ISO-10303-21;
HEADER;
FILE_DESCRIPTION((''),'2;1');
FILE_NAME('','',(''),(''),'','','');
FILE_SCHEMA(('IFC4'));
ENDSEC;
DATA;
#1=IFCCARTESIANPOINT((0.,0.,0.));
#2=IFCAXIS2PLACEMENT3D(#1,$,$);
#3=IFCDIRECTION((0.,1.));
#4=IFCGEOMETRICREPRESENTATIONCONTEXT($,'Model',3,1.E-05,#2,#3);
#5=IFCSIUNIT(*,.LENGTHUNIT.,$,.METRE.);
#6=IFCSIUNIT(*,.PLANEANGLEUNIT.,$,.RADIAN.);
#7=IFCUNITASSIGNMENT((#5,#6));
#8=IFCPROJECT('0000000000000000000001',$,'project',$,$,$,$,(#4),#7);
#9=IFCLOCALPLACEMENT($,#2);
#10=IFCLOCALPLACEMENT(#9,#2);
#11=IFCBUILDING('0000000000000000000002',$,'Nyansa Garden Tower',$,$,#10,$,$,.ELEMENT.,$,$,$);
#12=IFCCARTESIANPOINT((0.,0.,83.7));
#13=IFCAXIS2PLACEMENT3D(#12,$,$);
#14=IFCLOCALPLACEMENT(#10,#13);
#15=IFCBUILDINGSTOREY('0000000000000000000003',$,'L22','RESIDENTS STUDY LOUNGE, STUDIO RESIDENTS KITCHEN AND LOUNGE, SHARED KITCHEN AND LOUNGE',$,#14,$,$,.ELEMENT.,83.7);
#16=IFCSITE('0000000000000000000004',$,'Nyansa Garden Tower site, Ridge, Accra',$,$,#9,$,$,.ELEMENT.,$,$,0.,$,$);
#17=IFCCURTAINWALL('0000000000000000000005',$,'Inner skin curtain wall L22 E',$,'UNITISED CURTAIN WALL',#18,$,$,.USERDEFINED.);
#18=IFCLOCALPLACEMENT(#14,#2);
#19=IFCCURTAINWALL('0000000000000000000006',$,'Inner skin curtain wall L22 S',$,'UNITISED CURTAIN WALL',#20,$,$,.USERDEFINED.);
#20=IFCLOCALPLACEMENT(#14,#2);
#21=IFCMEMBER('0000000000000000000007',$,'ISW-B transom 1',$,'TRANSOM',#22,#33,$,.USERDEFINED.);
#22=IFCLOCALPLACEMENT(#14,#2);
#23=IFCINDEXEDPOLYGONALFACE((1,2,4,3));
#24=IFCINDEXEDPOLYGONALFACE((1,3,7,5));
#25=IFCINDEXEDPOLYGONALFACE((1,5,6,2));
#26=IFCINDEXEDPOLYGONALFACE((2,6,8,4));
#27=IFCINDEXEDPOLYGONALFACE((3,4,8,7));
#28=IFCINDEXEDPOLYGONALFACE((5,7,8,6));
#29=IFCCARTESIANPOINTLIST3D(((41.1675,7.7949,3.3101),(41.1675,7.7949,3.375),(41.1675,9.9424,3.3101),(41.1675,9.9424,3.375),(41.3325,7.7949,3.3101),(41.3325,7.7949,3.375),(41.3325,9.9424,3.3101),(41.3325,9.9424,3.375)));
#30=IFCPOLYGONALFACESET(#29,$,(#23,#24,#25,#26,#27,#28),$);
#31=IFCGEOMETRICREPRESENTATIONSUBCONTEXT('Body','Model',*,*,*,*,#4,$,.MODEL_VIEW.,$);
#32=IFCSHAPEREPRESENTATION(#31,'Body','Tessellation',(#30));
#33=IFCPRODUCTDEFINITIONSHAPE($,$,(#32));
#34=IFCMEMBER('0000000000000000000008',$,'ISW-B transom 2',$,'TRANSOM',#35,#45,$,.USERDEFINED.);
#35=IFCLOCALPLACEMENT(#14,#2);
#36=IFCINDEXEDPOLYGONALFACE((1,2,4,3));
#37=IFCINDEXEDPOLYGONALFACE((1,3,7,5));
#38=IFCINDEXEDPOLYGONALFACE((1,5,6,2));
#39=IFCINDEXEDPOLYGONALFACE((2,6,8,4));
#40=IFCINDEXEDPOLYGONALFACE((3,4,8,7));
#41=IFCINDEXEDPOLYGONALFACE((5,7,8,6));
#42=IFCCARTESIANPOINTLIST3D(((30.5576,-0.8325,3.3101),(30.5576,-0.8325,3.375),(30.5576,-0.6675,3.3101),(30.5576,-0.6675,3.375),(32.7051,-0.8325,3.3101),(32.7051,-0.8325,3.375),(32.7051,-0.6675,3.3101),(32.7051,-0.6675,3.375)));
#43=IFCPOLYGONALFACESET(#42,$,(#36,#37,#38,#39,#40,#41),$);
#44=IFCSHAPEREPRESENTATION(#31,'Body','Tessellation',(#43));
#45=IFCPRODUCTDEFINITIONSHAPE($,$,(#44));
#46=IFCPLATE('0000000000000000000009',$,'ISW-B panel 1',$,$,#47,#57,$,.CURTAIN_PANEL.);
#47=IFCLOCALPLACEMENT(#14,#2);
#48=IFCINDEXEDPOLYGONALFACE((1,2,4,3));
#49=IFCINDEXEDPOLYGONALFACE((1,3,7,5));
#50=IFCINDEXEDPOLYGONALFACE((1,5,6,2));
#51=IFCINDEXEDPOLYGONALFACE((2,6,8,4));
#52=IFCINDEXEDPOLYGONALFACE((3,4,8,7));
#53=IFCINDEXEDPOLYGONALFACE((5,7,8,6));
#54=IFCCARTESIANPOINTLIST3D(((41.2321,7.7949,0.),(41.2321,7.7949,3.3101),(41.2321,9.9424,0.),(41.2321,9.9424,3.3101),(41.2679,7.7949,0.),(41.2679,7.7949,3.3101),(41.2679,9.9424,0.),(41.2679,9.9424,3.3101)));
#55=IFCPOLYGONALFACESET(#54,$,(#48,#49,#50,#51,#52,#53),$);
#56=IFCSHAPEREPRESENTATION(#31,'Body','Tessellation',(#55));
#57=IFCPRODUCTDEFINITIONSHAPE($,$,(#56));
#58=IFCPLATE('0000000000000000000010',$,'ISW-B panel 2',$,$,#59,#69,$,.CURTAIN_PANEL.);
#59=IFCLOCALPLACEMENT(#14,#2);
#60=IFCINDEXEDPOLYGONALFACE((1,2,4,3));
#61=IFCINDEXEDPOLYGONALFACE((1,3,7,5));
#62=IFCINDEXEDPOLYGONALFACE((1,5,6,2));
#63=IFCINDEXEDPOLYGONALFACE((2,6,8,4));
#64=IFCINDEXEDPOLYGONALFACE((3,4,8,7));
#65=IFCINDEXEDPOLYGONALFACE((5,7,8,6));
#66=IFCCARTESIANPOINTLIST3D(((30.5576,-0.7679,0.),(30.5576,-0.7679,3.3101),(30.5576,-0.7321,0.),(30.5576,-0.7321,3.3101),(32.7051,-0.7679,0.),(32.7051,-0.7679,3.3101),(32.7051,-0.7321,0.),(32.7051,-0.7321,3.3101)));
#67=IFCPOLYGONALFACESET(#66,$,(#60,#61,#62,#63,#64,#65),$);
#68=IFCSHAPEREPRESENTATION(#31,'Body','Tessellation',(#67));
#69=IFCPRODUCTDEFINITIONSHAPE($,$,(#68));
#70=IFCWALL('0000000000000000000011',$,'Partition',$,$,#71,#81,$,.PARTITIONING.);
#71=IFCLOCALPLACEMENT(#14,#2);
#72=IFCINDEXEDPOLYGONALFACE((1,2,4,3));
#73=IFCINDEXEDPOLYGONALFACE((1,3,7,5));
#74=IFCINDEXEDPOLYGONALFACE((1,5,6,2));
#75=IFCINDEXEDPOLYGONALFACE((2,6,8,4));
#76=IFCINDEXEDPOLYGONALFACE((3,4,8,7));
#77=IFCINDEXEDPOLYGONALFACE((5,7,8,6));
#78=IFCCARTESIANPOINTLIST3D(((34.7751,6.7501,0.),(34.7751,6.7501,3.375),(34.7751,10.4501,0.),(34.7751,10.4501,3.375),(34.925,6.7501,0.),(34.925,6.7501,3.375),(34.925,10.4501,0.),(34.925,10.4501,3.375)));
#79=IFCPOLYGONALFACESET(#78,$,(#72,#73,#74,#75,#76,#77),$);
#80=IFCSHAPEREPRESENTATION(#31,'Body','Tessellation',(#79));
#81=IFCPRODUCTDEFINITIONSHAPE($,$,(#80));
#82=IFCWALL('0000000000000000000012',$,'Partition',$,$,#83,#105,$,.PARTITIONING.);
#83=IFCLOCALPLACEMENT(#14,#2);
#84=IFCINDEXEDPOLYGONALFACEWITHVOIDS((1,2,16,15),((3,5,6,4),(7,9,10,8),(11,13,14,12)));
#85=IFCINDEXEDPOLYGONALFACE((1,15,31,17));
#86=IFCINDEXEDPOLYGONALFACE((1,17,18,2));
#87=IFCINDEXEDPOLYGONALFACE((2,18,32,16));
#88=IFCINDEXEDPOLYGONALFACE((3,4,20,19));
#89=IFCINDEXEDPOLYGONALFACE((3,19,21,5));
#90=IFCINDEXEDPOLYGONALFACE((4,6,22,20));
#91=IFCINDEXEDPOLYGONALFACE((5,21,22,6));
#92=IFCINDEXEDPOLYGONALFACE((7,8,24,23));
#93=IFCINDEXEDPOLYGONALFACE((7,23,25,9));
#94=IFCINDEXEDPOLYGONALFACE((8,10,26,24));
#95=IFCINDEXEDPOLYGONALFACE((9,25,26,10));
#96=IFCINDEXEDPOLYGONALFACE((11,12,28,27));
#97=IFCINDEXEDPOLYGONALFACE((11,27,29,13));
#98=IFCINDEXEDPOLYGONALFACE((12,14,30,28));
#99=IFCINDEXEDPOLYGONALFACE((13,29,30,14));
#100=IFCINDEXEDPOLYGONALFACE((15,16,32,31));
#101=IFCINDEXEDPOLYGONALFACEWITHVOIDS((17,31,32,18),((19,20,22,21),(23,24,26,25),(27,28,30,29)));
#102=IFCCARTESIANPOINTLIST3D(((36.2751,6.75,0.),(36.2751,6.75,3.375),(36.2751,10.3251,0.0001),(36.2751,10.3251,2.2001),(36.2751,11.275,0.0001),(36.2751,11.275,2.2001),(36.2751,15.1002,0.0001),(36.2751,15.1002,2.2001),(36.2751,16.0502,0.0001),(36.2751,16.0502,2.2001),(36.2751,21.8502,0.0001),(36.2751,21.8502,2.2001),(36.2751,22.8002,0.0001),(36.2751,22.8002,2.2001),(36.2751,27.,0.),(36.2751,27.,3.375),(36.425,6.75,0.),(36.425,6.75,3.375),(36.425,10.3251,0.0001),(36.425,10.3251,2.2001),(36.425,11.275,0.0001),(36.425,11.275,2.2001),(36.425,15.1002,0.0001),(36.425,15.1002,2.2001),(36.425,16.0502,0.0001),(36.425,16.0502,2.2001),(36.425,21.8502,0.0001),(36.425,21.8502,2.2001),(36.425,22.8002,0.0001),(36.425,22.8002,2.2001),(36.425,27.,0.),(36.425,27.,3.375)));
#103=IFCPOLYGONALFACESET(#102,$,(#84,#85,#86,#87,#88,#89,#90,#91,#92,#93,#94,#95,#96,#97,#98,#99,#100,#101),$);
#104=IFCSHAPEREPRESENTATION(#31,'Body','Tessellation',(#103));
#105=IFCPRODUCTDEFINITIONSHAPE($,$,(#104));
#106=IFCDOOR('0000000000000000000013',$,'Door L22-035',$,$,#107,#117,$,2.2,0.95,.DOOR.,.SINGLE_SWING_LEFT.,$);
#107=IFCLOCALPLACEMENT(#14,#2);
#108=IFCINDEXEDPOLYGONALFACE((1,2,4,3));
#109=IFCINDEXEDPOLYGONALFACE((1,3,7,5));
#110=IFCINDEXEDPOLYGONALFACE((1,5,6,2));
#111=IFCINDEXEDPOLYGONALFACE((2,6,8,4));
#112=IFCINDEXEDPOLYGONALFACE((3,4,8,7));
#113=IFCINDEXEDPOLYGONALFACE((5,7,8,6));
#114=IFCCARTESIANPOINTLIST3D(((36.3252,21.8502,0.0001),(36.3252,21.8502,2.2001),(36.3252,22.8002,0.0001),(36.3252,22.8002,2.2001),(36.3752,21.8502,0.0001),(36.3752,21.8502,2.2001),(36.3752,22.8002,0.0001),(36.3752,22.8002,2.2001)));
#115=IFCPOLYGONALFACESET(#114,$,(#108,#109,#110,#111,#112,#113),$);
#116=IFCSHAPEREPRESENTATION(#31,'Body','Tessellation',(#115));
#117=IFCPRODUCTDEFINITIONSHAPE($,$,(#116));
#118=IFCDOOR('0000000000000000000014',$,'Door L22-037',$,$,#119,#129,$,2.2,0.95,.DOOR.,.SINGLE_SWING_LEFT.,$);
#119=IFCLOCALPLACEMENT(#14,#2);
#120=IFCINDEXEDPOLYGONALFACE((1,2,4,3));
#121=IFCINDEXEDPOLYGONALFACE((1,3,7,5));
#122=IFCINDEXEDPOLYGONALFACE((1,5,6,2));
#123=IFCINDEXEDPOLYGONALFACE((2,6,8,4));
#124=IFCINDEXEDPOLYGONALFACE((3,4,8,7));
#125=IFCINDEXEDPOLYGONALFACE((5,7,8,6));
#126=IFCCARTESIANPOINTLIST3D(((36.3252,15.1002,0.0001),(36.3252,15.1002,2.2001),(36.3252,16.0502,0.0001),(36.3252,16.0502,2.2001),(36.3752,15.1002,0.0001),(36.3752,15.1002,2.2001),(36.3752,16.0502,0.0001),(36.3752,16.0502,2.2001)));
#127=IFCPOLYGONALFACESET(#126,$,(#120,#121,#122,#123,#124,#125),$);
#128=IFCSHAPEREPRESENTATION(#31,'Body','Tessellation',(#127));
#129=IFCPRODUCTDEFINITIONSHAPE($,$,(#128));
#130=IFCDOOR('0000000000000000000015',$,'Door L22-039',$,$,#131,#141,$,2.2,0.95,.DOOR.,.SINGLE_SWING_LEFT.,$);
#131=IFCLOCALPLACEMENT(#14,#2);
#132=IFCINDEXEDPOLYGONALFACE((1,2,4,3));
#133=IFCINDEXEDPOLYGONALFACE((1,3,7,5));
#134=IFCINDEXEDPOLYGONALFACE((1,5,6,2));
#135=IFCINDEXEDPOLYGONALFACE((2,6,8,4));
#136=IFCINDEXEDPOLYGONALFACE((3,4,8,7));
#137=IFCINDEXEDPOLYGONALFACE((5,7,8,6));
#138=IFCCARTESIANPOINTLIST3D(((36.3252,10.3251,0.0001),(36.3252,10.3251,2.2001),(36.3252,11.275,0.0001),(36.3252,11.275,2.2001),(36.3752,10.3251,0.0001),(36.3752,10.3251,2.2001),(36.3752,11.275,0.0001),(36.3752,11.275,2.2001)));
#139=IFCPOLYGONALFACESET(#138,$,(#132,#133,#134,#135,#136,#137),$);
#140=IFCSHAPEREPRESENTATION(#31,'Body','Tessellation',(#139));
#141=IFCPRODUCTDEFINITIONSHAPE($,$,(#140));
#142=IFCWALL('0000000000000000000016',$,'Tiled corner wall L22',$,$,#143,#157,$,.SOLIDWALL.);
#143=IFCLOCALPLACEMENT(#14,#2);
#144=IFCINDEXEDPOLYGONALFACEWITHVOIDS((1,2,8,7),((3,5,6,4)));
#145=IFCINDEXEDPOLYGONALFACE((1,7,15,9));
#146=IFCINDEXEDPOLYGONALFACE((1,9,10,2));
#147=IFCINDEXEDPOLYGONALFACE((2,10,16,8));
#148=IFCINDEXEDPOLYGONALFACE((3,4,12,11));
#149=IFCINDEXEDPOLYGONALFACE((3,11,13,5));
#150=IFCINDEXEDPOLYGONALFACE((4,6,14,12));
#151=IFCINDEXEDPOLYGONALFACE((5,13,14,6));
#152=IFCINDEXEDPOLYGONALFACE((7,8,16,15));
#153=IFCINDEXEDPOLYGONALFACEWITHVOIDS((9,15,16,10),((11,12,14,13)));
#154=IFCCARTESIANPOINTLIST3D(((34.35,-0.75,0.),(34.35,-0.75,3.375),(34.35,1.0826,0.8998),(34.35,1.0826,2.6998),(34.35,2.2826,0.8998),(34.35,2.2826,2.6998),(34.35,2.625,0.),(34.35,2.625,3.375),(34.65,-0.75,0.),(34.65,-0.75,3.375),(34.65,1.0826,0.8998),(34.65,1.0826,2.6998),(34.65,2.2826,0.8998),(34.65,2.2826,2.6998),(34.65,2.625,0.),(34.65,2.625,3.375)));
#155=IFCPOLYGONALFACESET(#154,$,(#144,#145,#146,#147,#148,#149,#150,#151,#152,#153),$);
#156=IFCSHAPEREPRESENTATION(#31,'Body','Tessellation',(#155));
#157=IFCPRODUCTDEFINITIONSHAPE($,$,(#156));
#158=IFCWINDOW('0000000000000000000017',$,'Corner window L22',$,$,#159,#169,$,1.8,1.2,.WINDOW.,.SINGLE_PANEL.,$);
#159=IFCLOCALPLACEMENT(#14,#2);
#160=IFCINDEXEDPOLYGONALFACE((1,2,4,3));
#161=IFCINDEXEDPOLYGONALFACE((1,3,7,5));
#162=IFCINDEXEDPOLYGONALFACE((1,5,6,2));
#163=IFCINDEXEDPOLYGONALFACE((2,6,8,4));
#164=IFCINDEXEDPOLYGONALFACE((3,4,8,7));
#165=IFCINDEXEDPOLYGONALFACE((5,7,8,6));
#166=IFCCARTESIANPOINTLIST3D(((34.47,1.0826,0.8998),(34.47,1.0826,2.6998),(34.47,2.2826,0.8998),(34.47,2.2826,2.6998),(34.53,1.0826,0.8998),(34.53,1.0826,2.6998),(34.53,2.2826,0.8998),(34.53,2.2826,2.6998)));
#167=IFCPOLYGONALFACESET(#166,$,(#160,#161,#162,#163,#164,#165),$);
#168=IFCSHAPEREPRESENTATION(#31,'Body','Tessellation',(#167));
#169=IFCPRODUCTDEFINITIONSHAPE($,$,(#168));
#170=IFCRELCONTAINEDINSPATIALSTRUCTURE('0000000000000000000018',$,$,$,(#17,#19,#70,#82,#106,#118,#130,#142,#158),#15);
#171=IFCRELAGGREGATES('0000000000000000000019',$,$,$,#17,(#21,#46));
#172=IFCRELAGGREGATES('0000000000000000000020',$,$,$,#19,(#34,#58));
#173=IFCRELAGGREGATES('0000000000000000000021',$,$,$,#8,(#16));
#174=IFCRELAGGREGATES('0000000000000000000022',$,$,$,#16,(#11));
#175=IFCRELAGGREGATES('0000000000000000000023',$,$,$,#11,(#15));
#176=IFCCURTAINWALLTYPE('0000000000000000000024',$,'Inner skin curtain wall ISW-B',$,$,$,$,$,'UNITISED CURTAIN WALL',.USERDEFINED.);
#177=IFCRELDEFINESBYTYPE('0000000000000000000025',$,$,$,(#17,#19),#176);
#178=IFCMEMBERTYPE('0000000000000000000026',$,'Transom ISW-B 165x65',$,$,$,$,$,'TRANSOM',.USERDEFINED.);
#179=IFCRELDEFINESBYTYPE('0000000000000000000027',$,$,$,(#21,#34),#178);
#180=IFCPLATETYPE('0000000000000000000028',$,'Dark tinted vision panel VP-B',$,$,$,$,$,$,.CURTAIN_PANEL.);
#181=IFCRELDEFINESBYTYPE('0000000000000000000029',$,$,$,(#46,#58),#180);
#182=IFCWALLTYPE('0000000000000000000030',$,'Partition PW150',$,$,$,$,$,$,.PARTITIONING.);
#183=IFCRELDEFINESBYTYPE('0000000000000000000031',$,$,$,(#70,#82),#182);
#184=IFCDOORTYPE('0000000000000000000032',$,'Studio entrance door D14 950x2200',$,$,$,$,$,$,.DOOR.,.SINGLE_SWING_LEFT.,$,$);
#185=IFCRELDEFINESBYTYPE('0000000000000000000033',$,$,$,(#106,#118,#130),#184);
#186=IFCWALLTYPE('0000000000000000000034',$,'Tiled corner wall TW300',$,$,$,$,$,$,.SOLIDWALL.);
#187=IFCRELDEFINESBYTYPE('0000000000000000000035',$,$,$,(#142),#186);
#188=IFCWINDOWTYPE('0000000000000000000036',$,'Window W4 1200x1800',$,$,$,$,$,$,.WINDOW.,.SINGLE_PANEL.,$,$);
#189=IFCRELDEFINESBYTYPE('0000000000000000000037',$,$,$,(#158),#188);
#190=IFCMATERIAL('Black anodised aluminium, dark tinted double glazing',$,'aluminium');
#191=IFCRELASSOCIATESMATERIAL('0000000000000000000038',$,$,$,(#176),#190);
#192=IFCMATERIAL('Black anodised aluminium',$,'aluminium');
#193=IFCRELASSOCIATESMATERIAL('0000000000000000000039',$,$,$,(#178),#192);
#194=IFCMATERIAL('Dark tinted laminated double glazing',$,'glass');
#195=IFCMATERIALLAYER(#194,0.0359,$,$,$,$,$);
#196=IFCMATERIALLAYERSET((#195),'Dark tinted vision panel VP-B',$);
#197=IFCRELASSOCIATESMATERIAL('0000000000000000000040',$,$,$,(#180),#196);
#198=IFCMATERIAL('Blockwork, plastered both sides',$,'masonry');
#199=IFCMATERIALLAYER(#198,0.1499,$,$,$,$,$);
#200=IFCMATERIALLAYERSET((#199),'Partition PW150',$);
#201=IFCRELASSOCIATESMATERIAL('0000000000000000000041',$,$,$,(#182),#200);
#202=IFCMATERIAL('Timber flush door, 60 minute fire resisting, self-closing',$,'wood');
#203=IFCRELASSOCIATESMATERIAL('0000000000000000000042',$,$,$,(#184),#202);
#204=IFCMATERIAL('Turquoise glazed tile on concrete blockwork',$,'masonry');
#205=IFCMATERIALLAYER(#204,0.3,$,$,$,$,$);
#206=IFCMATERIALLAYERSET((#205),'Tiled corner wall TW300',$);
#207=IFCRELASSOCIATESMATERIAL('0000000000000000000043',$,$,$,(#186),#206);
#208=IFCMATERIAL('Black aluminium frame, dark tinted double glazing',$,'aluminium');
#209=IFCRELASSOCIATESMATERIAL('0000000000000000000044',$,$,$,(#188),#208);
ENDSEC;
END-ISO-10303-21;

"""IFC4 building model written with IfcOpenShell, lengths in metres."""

from ifc_helpers import new_model, si_unit, direction, frame, frame_2d, origin, origin_2d, place, context, subcontext, project, spatial, rectangle, extrude, material, layer, layer_set, material_profile, profile_set, type_object, element, fill, aggregate, save


model = new_model("IFC4")

# Units and contexts
model_context = context("Model", 3, precision=1e-05, world=origin(), true_north=direction((0.0, 1.0)))
body_context = subcontext(model_context, "Body", "Model", "MODEL_VIEW")
ifc_project = project(units=[si_unit("LENGTHUNIT", "METRE"), si_unit("PLANEANGLEUNIT", "RADIAN")], contexts=[model_context])

# Site, building, storey
site_placement = place(None, origin())
site = spatial("IfcSite", under=ifc_project, at=site_placement, Name="Nyansa Garden Tower site, Ridge, Accra", CompositionType="ELEMENT", RefElevation=0.0)
building_placement = place(site_placement, origin())
building = spatial("IfcBuilding", under=site, at=building_placement, Name="Nyansa Garden Tower", CompositionType="ELEMENT")
storey_placement = place(building_placement, frame((0.0, 0.0, 83.7)))
storey = spatial("IfcBuildingStorey", under=building, at=storey_placement, Name="L22", Description="RESIDENTS STUDY LOUNGE, STUDIO RESIDENTS KITCHEN AND LOUNGE, SHARED KITCHEN AND LOUNGE", CompositionType="ELEMENT", Elevation=83.7)

# Curtain wall
ifc_material_1 = material(Name="Black anodised aluminium, dark tinted double glazing", Category="aluminium")
curtain_wall_type = type_object("IfcCurtainWallType", Name="Inner skin curtain wall ISW-B", ElementType="UNITISED CURTAIN WALL", PredefinedType="USERDEFINED", material=ifc_material_1)
curtain_wall_1_placement = place(storey_placement, origin())
curtain_wall_1 = element("IfcCurtainWall", 1, at=curtain_wall_1_placement, inside=storey, type_object=curtain_wall_type, Name="Inner skin curtain wall L22 E", ObjectType="UNITISED CURTAIN WALL", PredefinedType="USERDEFINED")

# Curtain wall
curtain_wall_2_placement = place(storey_placement, origin())
curtain_wall_2 = element("IfcCurtainWall", 2, at=curtain_wall_2_placement, inside=storey, type_object=curtain_wall_type, Name="Inner skin curtain wall L22 S", ObjectType="UNITISED CURTAIN WALL", PredefinedType="USERDEFINED")

# Members
ifc_material_2 = material(Name="Black anodised aluminium", Category="aluminium")
ifc_material_profile_1 = material_profile(ifc_material_2, rectangle(XDim=0.165, YDim=0.0649, at=origin_2d()), Name="Transom 165x65")
ifc_profile_set_1 = profile_set([ifc_material_profile_1], Name="Black anodised aluminium")
member_type_1 = type_object("IfcMemberType", Name="Transom ISW-B 165x65", ElementType="TRANSOM", PredefinedType="USERDEFINED", material=ifc_profile_set_1)
member_1_placement = place(storey_placement, frame((41.25, 7.7949, 3.3425), z_axis=(0.0, 1.0, 0.0), x_axis=(-1.0, 0.0, 0.0)))
member_1 = element("IfcMember", 3, at=member_1_placement, type_object=member_type_1, Name="ISW-B transom 1", ObjectType="TRANSOM", PredefinedType="USERDEFINED", context=body_context, shape_type="SweptSolid", body=[
    extrude(rectangle(XDim=0.165, YDim=0.0649, at=origin_2d()), origin(), (0.0, 0.0, 1.0), 2.1475),
])
member_2_placement = place(storey_placement, frame((30.5576, -0.75, 3.3425), z_axis=(1.0, 0.0, 0.0), x_axis=(0.0, 1.0, 0.0)))
member_2 = element("IfcMember", 4, at=member_2_placement, type_object=member_type_1, Name="ISW-B transom 2", ObjectType="TRANSOM", PredefinedType="USERDEFINED", context=body_context, shape_type="SweptSolid", body=[
    extrude(rectangle(XDim=0.165, YDim=0.0649, at=origin_2d()), origin(), (0.0, 0.0, 1.0), 2.1475),
])

# Plates
ifc_material_3 = material(Name="Dark tinted laminated double glazing", Category="glass")
ifc_layer_1 = layer(ifc_material_3, 0.0359)
ifc_layer_set_1 = layer_set([ifc_layer_1], Name="Dark tinted vision panel VP-B")
plate_type = type_object("IfcPlateType", Name="Dark tinted vision panel VP-B", PredefinedType="CURTAIN_PANEL", material=ifc_layer_set_1)
plate_1_placement = place(storey_placement, frame((41.25, 8.8687, 0.0), z_axis=(0.0, 0.0, 1.0), x_axis=(0.0, 1.0, 0.0)))
plate_1 = element("IfcPlate", 5, at=plate_1_placement, type_object=plate_type, Name="ISW-B panel 1", PredefinedType="CURTAIN_PANEL", context=body_context, shape_type="SweptSolid", body=[
    extrude(rectangle(XDim=2.1475, YDim=0.0359, at=origin_2d()), origin(), (0.0, 0.0, 1.0), 3.3101),
])
aggregate(curtain_wall_1, [member_1, plate_1])
plate_2_placement = place(storey_placement, frame((31.6313, -0.75, 0.0), z_axis=(0.0, 0.0, 1.0), x_axis=(1.0, 0.0, 0.0)))
plate_2 = element("IfcPlate", 6, at=plate_2_placement, type_object=plate_type, Name="ISW-B panel 2", PredefinedType="CURTAIN_PANEL", context=body_context, shape_type="SweptSolid", body=[
    extrude(rectangle(XDim=2.1475, YDim=0.0359, at=origin_2d()), origin(), (0.0, 0.0, 1.0), 3.3101),
])
aggregate(curtain_wall_2, [member_2, plate_2])

# Wall
ifc_material_4 = material(Name="Blockwork, plastered both sides", Category="masonry")
ifc_layer_2 = layer(ifc_material_4, 0.1499)
ifc_layer_set_2 = layer_set([ifc_layer_2], Name="Partition PW150")
wall_type_1 = type_object("IfcWallType", Name="Partition PW150", PredefinedType="PARTITIONING", material=ifc_layer_set_2)
wall_1_placement = place(storey_placement, frame((34.8501, 6.75, 0.0), z_axis=(0.0, 0.0, 1.0), x_axis=(0.0, 1.0, 0.0)))
element("IfcWall", 7, at=wall_1_placement, inside=storey, type_object=wall_type_1, Name="Partition", PredefinedType="PARTITIONING", context=body_context, shape_type="SweptSolid", body=[
    extrude(rectangle(XDim=3.7, YDim=0.1499, at=frame_2d((1.8501, 0.0))), origin(), (0.0, 0.0, 1.0), 3.375),
])

# Wall, openings, doors
wall_2_placement = place(storey_placement, frame((36.3501, 6.75, 0.0), z_axis=(0.0, 0.0, 1.0), x_axis=(0.0, 1.0, 0.0)))
wall_2 = element("IfcWall", 8, at=wall_2_placement, inside=storey, type_object=wall_type_1, Name="Partition", PredefinedType="PARTITIONING", context=body_context, shape_type="SweptSolid", body=[
    extrude(rectangle(XDim=20.25, YDim=0.1499, at=frame_2d((10.125, 0.0))), origin(), (0.0, 0.0, 1.0), 3.375),
])
opening_1_placement = place(wall_2_placement, frame((15.1001, 0.0, 0.0)))
opening_1 = element("IfcOpeningElement", 9, at=opening_1_placement, cuts=wall_2, PredefinedType="OPENING", context=body_context, shape_type="SweptSolid", body=[
    extrude(rectangle(XDim=0.95, YDim=2.2, at=frame_2d((0.4751, 1.1001))), frame((0.0, 0.085, 0.0), z_axis=(0.0, -1.0, 0.0), x_axis=(1.0, 0.0, 0.0)), (0.0, 0.0, 1.0), 0.1699),
])
opening_2_placement = place(wall_2_placement, frame((8.3501, 0.0, 0.0)))
opening_2 = element("IfcOpeningElement", 10, at=opening_2_placement, cuts=wall_2, PredefinedType="OPENING", context=body_context, shape_type="SweptSolid", body=[
    extrude(rectangle(XDim=0.95, YDim=2.2, at=frame_2d((0.4751, 1.1001))), frame((0.0, 0.085, 0.0), z_axis=(0.0, -1.0, 0.0), x_axis=(1.0, 0.0, 0.0)), (0.0, 0.0, 1.0), 0.1699),
])
opening_3_placement = place(wall_2_placement, frame((3.575, 0.0, 0.0)))
opening_3 = element("IfcOpeningElement", 11, at=opening_3_placement, cuts=wall_2, PredefinedType="OPENING", context=body_context, shape_type="SweptSolid", body=[
    extrude(rectangle(XDim=0.95, YDim=2.2, at=frame_2d((0.4751, 1.1001))), frame((0.0, 0.085, 0.0), z_axis=(0.0, -1.0, 0.0), x_axis=(1.0, 0.0, 0.0)), (0.0, 0.0, 1.0), 0.1699),
])
ifc_material_5 = material(Name="Timber flush door, 60 minute fire resisting, self-closing", Category="wood")
door_type = type_object("IfcDoorType", Name="Studio entrance door D14 950x2200", OperationType="SINGLE_SWING_LEFT", PredefinedType="DOOR", material=ifc_material_5)
door_1_placement = place(opening_1_placement, origin())
door_1 = element("IfcDoor", 12, at=door_1_placement, inside=storey, type_object=door_type, Name="Door L22-035", OperationType="SINGLE_SWING_LEFT", OverallHeight=2.2, OverallWidth=0.95, PredefinedType="DOOR", context=body_context, shape_type="SweptSolid", body=[
    extrude(rectangle(XDim=0.95, YDim=2.2, at=frame_2d((0.4751, 1.1001))), frame((0.0, 0.0249, 0.0), z_axis=(0.0, -1.0, 0.0), x_axis=(1.0, 0.0, 0.0)), (0.0, 0.0, 1.0), 0.05),
])
fill(opening_1, door_1)
door_2_placement = place(opening_2_placement, origin())
door_2 = element("IfcDoor", 13, at=door_2_placement, inside=storey, type_object=door_type, Name="Door L22-037", OperationType="SINGLE_SWING_LEFT", OverallHeight=2.2, OverallWidth=0.95, PredefinedType="DOOR", context=body_context, shape_type="SweptSolid", body=[
    extrude(rectangle(XDim=0.95, YDim=2.2, at=frame_2d((0.4751, 1.1001))), frame((0.0, 0.0249, 0.0), z_axis=(0.0, -1.0, 0.0), x_axis=(1.0, 0.0, 0.0)), (0.0, 0.0, 1.0), 0.05),
])
fill(opening_2, door_2)
door_3_placement = place(opening_3_placement, origin())
door_3 = element("IfcDoor", 14, at=door_3_placement, inside=storey, type_object=door_type, Name="Door L22-039", OperationType="SINGLE_SWING_LEFT", OverallHeight=2.2, OverallWidth=0.95, PredefinedType="DOOR", context=body_context, shape_type="SweptSolid", body=[
    extrude(rectangle(XDim=0.95, YDim=2.2, at=frame_2d((0.4751, 1.1001))), frame((0.0, 0.0249, 0.0), z_axis=(0.0, -1.0, 0.0), x_axis=(1.0, 0.0, 0.0)), (0.0, 0.0, 1.0), 0.05),
])
fill(opening_3, door_3)

# Wall, opening, window
ifc_material_6 = material(Name="Turquoise glazed tile on concrete blockwork", Category="masonry")
ifc_layer_3 = layer(ifc_material_6, 0.3)
ifc_layer_set_3 = layer_set([ifc_layer_3], Name="Tiled corner wall TW300")
wall_type_2 = type_object("IfcWallType", Name="Tiled corner wall TW300", PredefinedType="SOLIDWALL", material=ifc_layer_set_3)
wall_3_placement = place(storey_placement, frame((34.5, -0.75, 0.0), z_axis=(0.0, 0.0, 1.0), x_axis=(0.0, 1.0, 0.0)))
wall_3 = element("IfcWall", 15, at=wall_3_placement, inside=storey, type_object=wall_type_2, Name="Tiled corner wall L22", PredefinedType="SOLIDWALL", context=body_context, shape_type="SweptSolid", body=[
    extrude(rectangle(XDim=3.375, YDim=0.3, at=frame_2d((1.6875, 0.0))), origin(), (0.0, 0.0, 1.0), 3.375),
])
opening_4_placement = place(wall_3_placement, frame((1.8325, 0.0, 0.8999)))
opening_4 = element("IfcOpeningElement", 16, at=opening_4_placement, cuts=wall_3, PredefinedType="OPENING", context=body_context, shape_type="SweptSolid", body=[
    extrude(rectangle(XDim=1.2, YDim=1.8, at=frame_2d((0.6001, 0.8999))), frame((0.0, 0.1599, 0.0), z_axis=(0.0, -1.0, 0.0), x_axis=(1.0, 0.0, 0.0)), (0.0, 0.0, 1.0), 0.3201),
])
ifc_material_7 = material(Name="Black aluminium frame, dark tinted double glazing", Category="aluminium")
window_type_1 = type_object("IfcWindowType", Name="Window W4 1200x1800", PartitioningType="SINGLE_PANEL", PredefinedType="WINDOW", material=ifc_material_7)
window_1_placement = place(opening_4_placement, origin())
window_1 = element("IfcWindow", 17, at=window_1_placement, inside=storey, type_object=window_type_1, Name="Corner window L22", OverallHeight=1.8, OverallWidth=1.2, PartitioningType="SINGLE_PANEL", PredefinedType="WINDOW", context=body_context, shape_type="SweptSolid", body=[
    extrude(rectangle(XDim=1.2, YDim=1.8, at=frame_2d((0.6001, 0.8999))), frame((0.0, 0.03, 0.0), z_axis=(0.0, -1.0, 0.0), x_axis=(1.0, 0.0, 0.0)), (0.0, 0.0, 1.0), 0.0601),
])
fill(opening_4, window_1)

save(model, "model.ifc")
